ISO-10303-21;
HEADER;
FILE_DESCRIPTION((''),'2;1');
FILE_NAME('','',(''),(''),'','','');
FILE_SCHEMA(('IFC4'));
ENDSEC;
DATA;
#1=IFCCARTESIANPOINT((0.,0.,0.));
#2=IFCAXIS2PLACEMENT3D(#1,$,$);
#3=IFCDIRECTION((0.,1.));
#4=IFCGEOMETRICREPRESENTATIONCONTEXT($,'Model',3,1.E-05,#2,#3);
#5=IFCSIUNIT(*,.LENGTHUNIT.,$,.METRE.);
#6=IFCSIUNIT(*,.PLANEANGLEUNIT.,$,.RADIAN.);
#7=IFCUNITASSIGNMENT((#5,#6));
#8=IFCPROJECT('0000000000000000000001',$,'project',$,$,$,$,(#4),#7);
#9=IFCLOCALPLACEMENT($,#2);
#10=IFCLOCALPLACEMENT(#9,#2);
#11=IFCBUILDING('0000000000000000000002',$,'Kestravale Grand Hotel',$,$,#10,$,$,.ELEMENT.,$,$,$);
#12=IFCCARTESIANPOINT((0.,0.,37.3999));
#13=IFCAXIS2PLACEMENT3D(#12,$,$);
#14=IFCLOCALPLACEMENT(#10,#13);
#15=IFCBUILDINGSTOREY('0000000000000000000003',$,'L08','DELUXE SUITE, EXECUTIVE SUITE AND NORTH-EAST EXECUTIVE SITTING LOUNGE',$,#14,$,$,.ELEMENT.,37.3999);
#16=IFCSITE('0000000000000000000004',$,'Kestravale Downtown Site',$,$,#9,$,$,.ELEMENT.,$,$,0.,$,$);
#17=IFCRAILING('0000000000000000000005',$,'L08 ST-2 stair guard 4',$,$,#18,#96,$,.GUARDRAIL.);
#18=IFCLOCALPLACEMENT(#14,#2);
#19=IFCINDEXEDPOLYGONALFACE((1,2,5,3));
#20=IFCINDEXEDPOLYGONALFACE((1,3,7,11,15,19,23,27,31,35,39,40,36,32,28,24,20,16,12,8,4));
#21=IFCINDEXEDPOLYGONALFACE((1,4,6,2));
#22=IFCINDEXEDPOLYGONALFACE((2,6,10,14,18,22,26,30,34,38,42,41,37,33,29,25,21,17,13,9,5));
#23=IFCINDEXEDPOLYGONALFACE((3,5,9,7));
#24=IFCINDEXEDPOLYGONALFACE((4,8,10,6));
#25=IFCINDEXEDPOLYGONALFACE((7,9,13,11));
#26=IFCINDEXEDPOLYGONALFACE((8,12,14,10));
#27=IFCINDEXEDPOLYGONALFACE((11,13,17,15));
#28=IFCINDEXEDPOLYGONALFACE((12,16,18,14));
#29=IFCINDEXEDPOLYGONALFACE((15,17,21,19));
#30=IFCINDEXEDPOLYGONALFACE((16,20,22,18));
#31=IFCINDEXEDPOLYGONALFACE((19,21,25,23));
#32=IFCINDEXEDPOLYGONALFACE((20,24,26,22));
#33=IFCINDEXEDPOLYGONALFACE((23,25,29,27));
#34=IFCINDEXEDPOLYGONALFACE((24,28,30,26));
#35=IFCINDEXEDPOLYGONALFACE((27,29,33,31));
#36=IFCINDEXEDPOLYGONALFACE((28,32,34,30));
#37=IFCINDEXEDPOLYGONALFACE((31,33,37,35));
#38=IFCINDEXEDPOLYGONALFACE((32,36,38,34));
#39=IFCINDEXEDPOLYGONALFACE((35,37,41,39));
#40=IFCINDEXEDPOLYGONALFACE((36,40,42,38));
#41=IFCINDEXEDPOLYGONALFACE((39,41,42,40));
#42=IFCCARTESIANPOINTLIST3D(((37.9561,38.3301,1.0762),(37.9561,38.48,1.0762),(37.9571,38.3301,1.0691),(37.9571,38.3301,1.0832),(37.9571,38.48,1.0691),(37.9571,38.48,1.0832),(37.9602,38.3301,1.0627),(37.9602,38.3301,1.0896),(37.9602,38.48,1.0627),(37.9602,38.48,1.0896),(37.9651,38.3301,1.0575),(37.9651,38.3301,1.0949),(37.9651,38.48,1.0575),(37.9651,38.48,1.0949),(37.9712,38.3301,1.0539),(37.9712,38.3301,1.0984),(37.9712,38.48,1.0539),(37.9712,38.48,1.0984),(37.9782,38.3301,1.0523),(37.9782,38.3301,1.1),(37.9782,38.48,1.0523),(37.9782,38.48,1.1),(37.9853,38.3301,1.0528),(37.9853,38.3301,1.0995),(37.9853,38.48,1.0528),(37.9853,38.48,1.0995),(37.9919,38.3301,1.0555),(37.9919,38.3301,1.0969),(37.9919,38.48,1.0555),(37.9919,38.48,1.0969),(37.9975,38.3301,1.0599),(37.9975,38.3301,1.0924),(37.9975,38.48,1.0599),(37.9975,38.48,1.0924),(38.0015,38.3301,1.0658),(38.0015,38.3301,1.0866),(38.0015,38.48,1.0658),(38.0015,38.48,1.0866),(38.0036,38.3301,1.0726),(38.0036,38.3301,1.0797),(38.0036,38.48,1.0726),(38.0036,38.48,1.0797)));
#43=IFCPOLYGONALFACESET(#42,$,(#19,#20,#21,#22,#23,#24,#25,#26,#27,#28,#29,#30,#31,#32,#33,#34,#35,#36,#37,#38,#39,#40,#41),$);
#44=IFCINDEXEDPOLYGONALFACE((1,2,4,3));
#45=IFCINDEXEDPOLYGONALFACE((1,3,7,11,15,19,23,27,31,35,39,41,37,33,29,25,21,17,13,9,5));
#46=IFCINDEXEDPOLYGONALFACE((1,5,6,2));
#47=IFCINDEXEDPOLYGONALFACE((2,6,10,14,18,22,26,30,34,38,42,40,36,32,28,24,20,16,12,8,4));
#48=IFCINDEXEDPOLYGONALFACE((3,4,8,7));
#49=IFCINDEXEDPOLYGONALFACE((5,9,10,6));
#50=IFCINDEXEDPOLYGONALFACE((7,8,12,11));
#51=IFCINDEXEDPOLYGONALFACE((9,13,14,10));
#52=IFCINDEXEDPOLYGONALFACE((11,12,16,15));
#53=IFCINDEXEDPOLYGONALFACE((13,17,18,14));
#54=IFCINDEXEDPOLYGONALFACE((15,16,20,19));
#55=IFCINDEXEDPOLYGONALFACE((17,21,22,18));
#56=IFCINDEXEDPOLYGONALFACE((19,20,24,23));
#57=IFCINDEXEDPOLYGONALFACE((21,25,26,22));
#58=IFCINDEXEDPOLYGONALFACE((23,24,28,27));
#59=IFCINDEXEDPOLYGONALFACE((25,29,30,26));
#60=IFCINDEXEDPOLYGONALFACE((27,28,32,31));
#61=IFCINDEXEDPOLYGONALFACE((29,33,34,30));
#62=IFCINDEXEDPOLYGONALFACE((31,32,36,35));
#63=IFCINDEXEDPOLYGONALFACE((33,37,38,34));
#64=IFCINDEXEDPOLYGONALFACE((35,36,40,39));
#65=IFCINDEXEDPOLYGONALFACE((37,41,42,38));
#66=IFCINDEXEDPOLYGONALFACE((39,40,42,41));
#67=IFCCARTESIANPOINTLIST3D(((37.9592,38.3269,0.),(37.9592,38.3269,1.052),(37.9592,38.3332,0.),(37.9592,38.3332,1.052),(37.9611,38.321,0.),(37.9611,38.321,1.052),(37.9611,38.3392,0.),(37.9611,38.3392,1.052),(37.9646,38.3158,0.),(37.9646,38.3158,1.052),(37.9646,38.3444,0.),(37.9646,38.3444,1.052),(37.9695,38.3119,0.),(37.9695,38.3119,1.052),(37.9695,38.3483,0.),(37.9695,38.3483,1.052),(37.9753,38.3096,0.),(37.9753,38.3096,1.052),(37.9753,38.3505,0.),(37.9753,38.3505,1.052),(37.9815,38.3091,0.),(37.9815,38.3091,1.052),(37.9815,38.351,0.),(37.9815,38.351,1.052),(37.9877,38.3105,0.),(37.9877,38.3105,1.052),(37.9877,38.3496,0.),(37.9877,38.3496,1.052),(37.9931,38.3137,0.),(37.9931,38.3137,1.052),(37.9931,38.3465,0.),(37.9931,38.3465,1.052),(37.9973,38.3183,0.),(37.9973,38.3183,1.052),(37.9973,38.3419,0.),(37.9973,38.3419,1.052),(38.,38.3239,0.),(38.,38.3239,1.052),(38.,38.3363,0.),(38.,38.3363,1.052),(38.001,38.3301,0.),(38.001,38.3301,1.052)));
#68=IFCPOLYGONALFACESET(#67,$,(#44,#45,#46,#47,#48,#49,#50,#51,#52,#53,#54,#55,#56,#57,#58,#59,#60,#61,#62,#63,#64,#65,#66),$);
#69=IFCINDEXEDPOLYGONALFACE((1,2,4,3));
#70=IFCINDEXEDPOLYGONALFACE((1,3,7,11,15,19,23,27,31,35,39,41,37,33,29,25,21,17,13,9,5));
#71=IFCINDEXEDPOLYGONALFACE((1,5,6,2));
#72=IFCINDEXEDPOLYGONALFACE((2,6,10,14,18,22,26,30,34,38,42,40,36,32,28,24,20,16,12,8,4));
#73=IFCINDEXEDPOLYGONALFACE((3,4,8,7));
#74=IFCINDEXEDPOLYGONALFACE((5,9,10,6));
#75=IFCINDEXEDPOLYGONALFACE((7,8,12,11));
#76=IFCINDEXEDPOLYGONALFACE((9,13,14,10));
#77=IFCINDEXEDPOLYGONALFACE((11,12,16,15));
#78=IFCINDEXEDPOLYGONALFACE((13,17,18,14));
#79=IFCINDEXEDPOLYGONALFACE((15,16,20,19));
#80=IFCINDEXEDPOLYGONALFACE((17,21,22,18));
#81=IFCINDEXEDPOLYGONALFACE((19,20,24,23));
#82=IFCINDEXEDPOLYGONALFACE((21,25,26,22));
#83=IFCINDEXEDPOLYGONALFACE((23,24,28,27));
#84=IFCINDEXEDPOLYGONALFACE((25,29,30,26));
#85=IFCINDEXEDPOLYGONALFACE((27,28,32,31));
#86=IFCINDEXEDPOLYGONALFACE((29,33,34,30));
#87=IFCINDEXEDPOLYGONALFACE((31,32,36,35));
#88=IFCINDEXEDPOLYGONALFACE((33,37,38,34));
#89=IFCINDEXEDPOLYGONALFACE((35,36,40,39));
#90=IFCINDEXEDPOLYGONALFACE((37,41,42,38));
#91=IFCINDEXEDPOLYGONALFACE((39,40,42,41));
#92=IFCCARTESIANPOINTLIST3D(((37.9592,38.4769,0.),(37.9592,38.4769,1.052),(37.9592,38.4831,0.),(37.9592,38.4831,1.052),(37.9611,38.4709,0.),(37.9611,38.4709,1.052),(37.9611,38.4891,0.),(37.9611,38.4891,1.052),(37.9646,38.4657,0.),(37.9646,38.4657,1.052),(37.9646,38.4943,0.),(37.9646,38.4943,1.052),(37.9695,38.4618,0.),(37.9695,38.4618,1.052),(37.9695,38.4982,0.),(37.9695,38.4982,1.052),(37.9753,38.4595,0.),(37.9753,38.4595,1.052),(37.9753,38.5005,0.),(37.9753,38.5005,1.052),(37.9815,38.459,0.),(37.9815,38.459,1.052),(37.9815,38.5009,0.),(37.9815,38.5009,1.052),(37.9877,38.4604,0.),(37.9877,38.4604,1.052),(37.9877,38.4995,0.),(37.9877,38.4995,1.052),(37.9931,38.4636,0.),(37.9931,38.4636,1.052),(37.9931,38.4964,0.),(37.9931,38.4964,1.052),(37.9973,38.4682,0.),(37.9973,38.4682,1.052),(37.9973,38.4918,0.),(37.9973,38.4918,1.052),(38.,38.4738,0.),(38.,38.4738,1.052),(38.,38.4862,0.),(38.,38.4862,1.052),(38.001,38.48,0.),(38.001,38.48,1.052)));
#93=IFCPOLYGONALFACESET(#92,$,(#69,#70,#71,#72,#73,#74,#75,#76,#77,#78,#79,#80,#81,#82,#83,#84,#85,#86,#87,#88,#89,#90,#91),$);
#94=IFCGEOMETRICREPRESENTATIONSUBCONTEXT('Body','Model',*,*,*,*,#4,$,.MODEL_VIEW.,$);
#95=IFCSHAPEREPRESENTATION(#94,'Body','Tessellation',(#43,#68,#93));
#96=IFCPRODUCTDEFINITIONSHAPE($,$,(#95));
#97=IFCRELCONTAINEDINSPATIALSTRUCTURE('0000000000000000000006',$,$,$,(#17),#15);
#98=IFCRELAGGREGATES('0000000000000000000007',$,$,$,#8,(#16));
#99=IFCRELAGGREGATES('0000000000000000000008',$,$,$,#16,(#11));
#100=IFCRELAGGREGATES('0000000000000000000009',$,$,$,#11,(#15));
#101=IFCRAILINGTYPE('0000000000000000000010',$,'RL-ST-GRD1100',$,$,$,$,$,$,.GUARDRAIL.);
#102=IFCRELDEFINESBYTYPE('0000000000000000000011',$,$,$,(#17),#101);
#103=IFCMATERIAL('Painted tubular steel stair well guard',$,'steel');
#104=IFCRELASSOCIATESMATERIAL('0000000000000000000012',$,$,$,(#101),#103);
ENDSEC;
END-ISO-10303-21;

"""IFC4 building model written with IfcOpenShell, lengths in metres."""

from ifc_helpers import new_model, si_unit, direction, frame, origin, origin_2d, place, context, subcontext, project, spatial, circle, extrude, material, type_object, element, save


model = new_model("IFC4")

# Units and contexts
model_context = context("Model", 3, precision=1e-05, world=origin(), true_north=direction((0.0, 1.0)))
body_context = subcontext(model_context, "Body", "Model", "MODEL_VIEW")
ifc_project = project(units=[si_unit("LENGTHUNIT", "METRE"), si_unit("PLANEANGLEUNIT", "RADIAN")], contexts=[model_context])

# Site, building, storey
site_placement = place(None, origin())
site = spatial("IfcSite", under=ifc_project, at=site_placement, Name="Kestravale Downtown Site", CompositionType="ELEMENT", RefElevation=0.0)
building_placement = place(site_placement, origin())
building = spatial("IfcBuilding", under=site, at=building_placement, Name="Kestravale Grand Hotel", CompositionType="ELEMENT")
storey_placement = place(building_placement, frame((0.0, 0.0, 37.3999)))
storey = spatial("IfcBuildingStorey", under=building, at=storey_placement, Name="L08", Description="DELUXE SUITE, EXECUTIVE SUITE AND NORTH-EAST EXECUTIVE SITTING LOUNGE", CompositionType="ELEMENT", Elevation=37.3999)

# Railing
ifc_material_1 = material(Name="Painted tubular steel stair well guard", Category="steel")
railing_type_1 = type_object("IfcRailingType", Name="RL-ST-GRD1100", PredefinedType="GUARDRAIL", material=ifc_material_1)
railing_1_placement = place(storey_placement, frame((37.98, 38.3301, 0.0)))
element("IfcRailing", 1, at=railing_1_placement, inside=storey, type_object=railing_type_1, Name="L08 ST-2 stair guard 4", PredefinedType="GUARDRAIL", context=body_context, shape_type="SweptSolid", body=[
    extrude(circle(Radius=0.0239, at=origin_2d()), frame((0.0, 0.0, 1.0762), z_axis=(0.0, 1.0, 0.0), x_axis=(-1.0, 0.0, 0.0)), (0.0, 0.0, 1.0), 0.1499),
    extrude(circle(Radius=0.021, at=origin_2d()), origin(), (0.0, 0.0, 1.0), 1.052),
    extrude(circle(Radius=0.021, at=origin_2d()), frame((0.0, 0.1499, 0.0)), (0.0, 0.0, 1.0), 1.052),
])

save(model, "model.ifc")
